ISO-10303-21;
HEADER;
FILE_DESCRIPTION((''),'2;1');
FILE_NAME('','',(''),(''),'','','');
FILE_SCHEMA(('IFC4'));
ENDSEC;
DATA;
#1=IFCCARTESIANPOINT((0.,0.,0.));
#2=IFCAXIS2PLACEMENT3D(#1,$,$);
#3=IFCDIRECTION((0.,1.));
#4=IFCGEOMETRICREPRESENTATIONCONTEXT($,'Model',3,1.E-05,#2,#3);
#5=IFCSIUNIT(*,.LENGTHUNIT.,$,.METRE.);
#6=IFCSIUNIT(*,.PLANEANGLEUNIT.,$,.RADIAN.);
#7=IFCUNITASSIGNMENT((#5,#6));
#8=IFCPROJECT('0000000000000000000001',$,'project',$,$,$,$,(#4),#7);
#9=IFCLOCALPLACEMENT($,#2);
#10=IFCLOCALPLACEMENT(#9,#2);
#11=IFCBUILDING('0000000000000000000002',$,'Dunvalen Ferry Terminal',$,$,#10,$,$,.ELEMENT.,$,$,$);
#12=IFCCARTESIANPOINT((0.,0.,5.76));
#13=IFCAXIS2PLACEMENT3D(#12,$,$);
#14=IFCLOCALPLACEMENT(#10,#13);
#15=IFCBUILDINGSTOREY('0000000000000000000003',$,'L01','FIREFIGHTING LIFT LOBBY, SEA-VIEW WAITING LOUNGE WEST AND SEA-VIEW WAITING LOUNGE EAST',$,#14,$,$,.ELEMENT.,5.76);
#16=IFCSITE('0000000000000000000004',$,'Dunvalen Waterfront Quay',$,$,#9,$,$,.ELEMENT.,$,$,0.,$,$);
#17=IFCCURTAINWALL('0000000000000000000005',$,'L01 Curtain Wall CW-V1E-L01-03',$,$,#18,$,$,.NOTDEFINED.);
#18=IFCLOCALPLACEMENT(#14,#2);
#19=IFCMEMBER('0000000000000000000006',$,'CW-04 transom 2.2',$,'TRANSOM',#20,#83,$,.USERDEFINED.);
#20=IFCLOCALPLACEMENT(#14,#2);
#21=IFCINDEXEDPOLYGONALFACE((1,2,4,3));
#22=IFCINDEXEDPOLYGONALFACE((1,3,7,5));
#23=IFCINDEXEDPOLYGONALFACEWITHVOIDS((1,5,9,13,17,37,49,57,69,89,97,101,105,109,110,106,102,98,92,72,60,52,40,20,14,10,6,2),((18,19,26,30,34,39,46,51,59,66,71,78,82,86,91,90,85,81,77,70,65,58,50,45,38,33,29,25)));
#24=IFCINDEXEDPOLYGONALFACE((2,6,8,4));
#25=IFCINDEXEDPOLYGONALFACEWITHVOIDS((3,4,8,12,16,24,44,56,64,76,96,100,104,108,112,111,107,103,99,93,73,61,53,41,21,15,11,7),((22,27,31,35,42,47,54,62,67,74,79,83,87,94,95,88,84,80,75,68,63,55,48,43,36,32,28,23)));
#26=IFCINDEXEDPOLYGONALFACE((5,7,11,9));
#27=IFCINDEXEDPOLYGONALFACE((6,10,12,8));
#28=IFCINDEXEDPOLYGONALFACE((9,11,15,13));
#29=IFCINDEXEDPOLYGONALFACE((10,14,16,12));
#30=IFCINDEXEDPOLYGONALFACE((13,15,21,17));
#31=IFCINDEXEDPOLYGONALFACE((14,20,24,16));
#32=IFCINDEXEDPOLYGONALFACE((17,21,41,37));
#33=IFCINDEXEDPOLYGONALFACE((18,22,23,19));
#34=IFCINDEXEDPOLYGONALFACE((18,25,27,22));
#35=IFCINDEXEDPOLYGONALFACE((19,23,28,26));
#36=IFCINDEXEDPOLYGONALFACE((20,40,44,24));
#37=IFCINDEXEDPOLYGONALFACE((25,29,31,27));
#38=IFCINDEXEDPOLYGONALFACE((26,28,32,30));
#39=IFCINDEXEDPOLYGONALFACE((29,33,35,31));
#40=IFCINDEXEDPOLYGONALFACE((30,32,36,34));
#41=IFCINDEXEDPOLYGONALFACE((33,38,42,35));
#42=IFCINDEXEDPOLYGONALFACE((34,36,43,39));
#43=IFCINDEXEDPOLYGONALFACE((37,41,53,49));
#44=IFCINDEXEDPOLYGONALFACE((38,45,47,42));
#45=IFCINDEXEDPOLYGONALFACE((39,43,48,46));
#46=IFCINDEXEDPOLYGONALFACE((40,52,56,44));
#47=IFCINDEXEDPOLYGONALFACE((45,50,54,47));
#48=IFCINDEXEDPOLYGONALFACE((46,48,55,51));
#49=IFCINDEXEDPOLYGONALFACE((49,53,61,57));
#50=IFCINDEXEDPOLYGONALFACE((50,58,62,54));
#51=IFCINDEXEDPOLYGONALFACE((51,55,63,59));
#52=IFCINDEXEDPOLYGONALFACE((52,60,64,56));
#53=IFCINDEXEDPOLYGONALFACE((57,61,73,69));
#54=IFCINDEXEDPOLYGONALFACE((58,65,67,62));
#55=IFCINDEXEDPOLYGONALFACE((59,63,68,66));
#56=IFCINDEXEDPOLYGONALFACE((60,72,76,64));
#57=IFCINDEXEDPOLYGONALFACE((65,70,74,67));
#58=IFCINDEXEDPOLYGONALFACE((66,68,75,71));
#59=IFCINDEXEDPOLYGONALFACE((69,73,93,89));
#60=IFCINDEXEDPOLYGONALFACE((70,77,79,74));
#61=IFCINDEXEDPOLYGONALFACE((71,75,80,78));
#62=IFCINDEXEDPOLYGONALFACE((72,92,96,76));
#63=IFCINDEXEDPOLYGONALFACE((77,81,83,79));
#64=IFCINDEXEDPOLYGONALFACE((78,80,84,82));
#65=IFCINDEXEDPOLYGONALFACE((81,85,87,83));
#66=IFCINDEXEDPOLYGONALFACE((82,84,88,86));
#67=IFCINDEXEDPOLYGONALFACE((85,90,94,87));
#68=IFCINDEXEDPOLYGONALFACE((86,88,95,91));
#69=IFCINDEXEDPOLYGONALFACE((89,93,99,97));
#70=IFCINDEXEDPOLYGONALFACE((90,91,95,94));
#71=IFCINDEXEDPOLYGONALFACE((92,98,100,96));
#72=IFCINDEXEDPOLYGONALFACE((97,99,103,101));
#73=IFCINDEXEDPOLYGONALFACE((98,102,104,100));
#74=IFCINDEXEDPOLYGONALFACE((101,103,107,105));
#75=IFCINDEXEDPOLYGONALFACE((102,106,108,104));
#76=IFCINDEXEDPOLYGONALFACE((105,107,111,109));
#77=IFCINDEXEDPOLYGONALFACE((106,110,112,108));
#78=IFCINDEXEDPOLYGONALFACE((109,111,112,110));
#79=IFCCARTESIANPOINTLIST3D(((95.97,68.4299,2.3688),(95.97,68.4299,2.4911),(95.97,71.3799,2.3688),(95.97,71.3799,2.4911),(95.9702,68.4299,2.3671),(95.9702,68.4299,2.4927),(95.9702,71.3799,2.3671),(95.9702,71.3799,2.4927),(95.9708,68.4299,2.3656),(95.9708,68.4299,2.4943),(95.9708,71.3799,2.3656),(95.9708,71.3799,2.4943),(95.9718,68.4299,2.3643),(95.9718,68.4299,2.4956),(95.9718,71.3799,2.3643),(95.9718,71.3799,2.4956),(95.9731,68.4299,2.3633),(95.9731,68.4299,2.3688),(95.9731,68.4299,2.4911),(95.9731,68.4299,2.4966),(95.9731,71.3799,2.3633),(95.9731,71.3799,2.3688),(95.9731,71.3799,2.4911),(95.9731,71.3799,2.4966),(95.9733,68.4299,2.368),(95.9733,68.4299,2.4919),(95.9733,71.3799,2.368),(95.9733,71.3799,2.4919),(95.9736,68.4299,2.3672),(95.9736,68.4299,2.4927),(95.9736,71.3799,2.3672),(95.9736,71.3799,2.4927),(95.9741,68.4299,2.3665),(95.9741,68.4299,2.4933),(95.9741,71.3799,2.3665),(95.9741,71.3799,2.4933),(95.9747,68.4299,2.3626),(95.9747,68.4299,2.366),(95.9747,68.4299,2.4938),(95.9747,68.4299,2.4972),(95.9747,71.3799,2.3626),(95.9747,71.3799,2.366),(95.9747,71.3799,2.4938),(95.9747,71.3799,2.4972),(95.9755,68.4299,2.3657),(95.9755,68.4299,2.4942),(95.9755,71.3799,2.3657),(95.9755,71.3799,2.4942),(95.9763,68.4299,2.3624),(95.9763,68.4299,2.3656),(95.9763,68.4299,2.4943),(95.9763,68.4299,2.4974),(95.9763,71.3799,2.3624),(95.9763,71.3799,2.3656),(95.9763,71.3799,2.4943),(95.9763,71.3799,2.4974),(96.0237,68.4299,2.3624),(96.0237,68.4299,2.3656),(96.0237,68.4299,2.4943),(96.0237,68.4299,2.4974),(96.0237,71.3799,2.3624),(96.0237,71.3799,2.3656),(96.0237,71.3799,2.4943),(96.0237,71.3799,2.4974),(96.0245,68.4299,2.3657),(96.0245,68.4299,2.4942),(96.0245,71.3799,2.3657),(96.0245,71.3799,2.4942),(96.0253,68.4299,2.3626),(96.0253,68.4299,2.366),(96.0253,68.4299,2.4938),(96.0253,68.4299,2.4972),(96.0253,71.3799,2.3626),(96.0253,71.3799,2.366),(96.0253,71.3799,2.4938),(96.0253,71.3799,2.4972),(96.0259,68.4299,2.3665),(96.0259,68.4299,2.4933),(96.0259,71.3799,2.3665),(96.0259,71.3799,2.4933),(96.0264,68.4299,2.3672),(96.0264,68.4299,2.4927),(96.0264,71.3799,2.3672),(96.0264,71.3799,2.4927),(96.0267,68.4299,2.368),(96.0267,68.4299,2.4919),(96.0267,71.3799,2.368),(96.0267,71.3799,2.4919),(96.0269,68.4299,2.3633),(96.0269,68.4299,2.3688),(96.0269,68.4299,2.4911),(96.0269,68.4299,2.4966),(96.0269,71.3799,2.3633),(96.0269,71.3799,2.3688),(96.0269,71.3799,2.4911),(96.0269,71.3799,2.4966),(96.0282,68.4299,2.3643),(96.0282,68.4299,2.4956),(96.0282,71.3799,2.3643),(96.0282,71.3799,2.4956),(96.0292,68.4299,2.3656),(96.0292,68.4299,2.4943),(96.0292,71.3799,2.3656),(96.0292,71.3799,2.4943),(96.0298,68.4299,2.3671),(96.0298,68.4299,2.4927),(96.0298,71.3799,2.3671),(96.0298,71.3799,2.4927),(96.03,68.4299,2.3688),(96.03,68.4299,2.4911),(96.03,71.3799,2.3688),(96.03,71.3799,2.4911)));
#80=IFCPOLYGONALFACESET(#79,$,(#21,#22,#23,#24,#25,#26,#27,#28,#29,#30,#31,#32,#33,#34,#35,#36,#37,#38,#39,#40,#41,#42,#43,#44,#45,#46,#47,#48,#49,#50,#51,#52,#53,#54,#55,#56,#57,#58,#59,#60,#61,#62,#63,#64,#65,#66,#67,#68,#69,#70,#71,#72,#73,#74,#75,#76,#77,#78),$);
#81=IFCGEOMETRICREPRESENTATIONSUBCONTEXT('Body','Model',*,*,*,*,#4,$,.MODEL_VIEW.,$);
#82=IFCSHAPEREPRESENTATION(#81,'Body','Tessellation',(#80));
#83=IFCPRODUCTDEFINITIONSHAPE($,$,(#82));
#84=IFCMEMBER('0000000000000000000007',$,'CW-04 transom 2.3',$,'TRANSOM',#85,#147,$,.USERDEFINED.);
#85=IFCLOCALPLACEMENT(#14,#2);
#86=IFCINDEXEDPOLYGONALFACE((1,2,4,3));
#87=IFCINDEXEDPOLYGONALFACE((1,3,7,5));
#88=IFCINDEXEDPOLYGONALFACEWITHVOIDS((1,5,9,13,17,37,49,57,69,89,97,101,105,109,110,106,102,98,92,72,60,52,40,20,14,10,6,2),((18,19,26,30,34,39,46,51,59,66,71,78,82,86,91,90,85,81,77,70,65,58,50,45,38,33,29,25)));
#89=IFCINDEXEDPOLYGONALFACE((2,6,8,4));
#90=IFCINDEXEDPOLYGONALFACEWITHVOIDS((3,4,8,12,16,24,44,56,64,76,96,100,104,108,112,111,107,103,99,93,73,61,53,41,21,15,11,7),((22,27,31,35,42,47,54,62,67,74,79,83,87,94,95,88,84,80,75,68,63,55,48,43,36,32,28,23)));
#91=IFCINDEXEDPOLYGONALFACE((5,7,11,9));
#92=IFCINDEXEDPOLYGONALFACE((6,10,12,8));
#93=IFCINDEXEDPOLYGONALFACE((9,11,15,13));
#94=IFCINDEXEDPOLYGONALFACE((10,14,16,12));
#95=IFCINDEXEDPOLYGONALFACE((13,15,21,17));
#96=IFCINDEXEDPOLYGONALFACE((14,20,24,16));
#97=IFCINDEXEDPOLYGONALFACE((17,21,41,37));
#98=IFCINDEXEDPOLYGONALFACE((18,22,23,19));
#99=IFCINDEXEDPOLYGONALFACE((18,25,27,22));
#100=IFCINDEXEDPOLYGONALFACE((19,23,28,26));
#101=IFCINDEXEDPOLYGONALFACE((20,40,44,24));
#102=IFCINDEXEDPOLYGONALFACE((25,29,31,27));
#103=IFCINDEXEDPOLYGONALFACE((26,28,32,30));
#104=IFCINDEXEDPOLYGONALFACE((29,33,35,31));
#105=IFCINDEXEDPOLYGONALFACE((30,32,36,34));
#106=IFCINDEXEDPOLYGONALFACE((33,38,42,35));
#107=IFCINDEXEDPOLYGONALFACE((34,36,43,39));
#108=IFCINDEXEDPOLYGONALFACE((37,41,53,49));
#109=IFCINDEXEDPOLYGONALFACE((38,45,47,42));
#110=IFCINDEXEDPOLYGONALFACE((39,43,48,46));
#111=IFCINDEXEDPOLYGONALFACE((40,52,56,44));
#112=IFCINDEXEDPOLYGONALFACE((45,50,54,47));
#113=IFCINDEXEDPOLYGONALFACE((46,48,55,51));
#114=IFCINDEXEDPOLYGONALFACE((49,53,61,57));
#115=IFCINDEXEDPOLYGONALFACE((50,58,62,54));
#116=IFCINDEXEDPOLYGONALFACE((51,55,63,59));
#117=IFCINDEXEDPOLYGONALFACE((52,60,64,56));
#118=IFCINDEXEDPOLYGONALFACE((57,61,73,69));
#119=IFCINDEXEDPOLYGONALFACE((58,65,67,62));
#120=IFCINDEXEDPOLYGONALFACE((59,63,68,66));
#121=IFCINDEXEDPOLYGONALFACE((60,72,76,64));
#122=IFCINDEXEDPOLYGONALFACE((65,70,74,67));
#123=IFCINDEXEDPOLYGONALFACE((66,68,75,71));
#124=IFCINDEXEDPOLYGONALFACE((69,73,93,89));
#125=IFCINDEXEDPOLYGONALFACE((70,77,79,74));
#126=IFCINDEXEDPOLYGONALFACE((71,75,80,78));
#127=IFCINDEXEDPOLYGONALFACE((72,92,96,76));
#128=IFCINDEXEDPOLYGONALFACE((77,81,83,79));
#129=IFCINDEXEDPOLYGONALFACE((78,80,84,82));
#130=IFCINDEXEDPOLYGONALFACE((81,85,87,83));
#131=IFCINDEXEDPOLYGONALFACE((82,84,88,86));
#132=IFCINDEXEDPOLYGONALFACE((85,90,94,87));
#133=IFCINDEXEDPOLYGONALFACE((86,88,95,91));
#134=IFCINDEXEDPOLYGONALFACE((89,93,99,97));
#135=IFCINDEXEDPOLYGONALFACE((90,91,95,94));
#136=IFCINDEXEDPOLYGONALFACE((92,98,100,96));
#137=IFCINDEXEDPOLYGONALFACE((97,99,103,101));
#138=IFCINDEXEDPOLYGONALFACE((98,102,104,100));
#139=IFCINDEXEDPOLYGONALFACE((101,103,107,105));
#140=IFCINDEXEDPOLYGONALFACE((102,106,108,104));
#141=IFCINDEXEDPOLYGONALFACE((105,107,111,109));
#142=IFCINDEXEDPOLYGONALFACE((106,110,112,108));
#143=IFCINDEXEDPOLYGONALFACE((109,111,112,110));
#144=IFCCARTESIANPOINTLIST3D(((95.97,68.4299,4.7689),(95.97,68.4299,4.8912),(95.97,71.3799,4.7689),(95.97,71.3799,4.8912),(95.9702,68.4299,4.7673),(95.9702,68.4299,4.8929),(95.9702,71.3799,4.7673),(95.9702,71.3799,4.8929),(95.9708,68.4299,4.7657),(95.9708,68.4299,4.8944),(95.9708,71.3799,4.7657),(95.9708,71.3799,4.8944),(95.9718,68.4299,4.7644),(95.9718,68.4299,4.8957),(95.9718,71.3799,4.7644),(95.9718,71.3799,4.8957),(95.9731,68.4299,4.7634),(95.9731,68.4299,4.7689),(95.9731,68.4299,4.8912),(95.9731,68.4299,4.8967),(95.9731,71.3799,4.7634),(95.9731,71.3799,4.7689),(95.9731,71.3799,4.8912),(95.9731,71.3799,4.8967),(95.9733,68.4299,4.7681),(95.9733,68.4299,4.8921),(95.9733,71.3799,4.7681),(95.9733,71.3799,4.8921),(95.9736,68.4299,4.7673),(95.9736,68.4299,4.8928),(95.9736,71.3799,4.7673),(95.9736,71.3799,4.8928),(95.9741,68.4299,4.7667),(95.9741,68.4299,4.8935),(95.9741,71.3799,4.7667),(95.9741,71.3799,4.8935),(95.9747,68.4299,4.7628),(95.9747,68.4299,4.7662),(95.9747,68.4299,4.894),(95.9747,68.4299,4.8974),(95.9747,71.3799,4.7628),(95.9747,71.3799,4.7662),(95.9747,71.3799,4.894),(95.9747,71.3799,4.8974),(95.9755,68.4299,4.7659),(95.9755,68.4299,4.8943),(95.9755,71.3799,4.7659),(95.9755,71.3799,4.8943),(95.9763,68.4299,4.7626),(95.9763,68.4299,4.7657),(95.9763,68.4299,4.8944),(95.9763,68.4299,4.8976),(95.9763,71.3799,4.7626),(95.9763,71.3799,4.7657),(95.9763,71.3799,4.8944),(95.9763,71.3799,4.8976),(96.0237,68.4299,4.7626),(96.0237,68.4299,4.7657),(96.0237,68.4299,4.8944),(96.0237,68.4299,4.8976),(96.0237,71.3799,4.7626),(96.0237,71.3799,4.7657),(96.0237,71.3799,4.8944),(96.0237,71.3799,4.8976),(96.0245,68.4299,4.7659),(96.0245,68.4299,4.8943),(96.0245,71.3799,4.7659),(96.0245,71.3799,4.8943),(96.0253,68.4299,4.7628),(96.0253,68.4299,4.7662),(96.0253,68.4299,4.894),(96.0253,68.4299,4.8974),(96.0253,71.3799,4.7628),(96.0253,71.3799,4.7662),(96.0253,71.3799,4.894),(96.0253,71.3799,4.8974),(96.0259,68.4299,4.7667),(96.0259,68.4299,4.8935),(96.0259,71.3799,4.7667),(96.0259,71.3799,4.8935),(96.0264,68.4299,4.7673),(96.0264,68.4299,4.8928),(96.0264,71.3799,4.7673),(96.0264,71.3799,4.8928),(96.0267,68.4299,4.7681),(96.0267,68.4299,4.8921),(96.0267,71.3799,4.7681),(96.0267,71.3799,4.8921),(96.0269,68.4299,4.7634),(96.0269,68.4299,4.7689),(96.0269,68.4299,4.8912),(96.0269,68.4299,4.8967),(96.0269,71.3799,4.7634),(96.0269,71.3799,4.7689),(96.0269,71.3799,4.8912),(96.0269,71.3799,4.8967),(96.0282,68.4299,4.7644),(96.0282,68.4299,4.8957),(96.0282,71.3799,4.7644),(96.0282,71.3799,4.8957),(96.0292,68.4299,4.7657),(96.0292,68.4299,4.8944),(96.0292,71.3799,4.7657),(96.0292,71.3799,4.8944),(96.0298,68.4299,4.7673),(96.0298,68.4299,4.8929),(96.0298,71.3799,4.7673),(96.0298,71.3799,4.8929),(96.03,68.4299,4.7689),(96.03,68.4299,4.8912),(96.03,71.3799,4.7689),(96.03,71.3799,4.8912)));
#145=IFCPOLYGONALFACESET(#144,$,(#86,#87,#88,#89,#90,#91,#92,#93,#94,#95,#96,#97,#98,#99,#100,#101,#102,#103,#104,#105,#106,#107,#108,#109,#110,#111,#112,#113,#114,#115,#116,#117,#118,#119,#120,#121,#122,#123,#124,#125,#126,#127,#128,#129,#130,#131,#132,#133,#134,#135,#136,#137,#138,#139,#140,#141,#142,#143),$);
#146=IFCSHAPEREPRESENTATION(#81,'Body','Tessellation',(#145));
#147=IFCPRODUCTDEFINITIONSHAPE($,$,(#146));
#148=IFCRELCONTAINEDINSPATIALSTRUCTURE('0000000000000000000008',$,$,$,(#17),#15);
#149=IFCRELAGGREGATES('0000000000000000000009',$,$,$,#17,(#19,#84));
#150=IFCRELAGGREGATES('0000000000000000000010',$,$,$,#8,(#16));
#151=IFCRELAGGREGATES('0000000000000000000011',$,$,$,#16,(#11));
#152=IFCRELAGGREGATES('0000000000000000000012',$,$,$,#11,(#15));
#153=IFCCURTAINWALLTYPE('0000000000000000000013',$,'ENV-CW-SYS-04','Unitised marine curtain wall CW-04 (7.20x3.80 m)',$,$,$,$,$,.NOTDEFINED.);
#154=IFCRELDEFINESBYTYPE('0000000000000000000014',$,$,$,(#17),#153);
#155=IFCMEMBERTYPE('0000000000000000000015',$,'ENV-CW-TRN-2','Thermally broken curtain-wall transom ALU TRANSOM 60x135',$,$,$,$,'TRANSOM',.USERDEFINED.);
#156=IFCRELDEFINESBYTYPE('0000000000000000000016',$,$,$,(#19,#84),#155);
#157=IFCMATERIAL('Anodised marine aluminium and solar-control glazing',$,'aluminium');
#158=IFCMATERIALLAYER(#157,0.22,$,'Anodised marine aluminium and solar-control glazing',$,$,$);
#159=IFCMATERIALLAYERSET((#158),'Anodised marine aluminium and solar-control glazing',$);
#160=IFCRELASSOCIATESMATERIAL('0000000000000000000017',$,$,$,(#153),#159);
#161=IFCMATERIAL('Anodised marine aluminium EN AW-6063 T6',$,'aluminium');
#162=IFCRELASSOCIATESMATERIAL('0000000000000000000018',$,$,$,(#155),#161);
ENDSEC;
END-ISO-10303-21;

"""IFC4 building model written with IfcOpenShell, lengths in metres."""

from ifc_helpers import new_model, si_unit, direction, frame, origin, origin_2d, place, context, subcontext, project, spatial, hollow_rectangle, extrude, material, layer, layer_set, material_profile, profile_set, type_object, element, aggregate, save


model = new_model("IFC4")

# Units and contexts
model_context = context("Model", 3, precision=1e-05, world=origin(), true_north=direction((0.0, 1.0)))
body_context = subcontext(model_context, "Body", "Model", "MODEL_VIEW")
ifc_project = project(units=[si_unit("LENGTHUNIT", "METRE"), si_unit("PLANEANGLEUNIT", "RADIAN")], contexts=[model_context])

# Site, building, storey
site_placement = place(None, origin())
site = spatial("IfcSite", under=ifc_project, at=site_placement, Name="Dunvalen Waterfront Quay", CompositionType="ELEMENT", RefElevation=0.0)
building_placement = place(site_placement, origin())
building = spatial("IfcBuilding", under=site, at=building_placement, Name="Dunvalen Ferry Terminal", CompositionType="ELEMENT")
storey_placement = place(building_placement, frame((0.0, 0.0, 5.76)))
storey = spatial("IfcBuildingStorey", under=building, at=storey_placement, Name="L01", Description="FIREFIGHTING LIFT LOBBY, SEA-VIEW WAITING LOUNGE WEST AND SEA-VIEW WAITING LOUNGE EAST", CompositionType="ELEMENT", Elevation=5.76)

# Shared definitions
ifc_material_1 = material(Name="Anodised marine aluminium and solar-control glazing", Category="aluminium")
ifc_material_2 = material(Name="Anodised marine aluminium EN AW-6063 T6", Category="aluminium")

# Curtain wall
ifc_layer_1 = layer(ifc_material_1, 0.22, Name="Anodised marine aluminium and solar-control glazing")
ifc_layer_set_1 = layer_set([ifc_layer_1], Name="Anodised marine aluminium and solar-control glazing")
curtain_wall_type_1 = type_object("IfcCurtainWallType", Name="ENV-CW-SYS-04", Description="Unitised marine curtain wall CW-04 (7.20x3.80 m)", PredefinedType="NOTDEFINED", material=ifc_layer_set_1)
curtain_wall_1_placement = place(storey_placement, origin())
curtain_wall_1 = element("IfcCurtainWall", 1, at=curtain_wall_1_placement, inside=storey, type_object=curtain_wall_type_1, Name="L01 Curtain Wall CW-V1E-L01-03", PredefinedType="NOTDEFINED")

# Members
ifc_material_profile_1 = material_profile(ifc_material_2, hollow_rectangle(XDim=0.0601, YDim=0.135, WallThickness=0.0032, InnerFilletRadius=0.0032, OuterFilletRadius=0.0063, at=origin_2d()), Name="Anodised marine aluminium EN AW-6063 T6")
ifc_profile_set_1 = profile_set([ifc_material_profile_1], Name="Anodised marine aluminium EN AW-6063 T6")
member_type_1 = type_object("IfcMemberType", Name="ENV-CW-TRN-2", Description="Thermally broken curtain-wall transom ALU TRANSOM 60x135", ElementType="TRANSOM", PredefinedType="USERDEFINED", material=ifc_profile_set_1)
member_1_placement = place(storey_placement, frame((96.0, 68.4299, 2.4299), z_axis=(0.0, 1.0, 0.0), x_axis=(-1.0, 0.0, 0.0)))
member_1 = element("IfcMember", 2, at=member_1_placement, type_object=member_type_1, Name="CW-04 transom 2.2", ObjectType="TRANSOM", PredefinedType="USERDEFINED", context=body_context, shape_type="SweptSolid", body=[
    extrude(hollow_rectangle(XDim=0.0601, YDim=0.135, WallThickness=0.0032, InnerFilletRadius=0.0032, OuterFilletRadius=0.0063, at=origin_2d()), origin(), (0.0, 0.0, 1.0), 2.95),
])
member_2_placement = place(storey_placement, frame((96.0, 68.4299, 4.8301), z_axis=(0.0, 1.0, 0.0), x_axis=(-1.0, 0.0, 0.0)))
member_2 = element("IfcMember", 3, at=member_2_placement, type_object=member_type_1, Name="CW-04 transom 2.3", ObjectType="TRANSOM", PredefinedType="USERDEFINED", context=body_context, shape_type="SweptSolid", body=[
    extrude(hollow_rectangle(XDim=0.0601, YDim=0.135, WallThickness=0.0032, InnerFilletRadius=0.0032, OuterFilletRadius=0.0063, at=origin_2d()), origin(), (0.0, 0.0, 1.0), 2.95),
])

aggregate(curtain_wall_1, [member_1, member_2])

save(model, "model.ifc")
